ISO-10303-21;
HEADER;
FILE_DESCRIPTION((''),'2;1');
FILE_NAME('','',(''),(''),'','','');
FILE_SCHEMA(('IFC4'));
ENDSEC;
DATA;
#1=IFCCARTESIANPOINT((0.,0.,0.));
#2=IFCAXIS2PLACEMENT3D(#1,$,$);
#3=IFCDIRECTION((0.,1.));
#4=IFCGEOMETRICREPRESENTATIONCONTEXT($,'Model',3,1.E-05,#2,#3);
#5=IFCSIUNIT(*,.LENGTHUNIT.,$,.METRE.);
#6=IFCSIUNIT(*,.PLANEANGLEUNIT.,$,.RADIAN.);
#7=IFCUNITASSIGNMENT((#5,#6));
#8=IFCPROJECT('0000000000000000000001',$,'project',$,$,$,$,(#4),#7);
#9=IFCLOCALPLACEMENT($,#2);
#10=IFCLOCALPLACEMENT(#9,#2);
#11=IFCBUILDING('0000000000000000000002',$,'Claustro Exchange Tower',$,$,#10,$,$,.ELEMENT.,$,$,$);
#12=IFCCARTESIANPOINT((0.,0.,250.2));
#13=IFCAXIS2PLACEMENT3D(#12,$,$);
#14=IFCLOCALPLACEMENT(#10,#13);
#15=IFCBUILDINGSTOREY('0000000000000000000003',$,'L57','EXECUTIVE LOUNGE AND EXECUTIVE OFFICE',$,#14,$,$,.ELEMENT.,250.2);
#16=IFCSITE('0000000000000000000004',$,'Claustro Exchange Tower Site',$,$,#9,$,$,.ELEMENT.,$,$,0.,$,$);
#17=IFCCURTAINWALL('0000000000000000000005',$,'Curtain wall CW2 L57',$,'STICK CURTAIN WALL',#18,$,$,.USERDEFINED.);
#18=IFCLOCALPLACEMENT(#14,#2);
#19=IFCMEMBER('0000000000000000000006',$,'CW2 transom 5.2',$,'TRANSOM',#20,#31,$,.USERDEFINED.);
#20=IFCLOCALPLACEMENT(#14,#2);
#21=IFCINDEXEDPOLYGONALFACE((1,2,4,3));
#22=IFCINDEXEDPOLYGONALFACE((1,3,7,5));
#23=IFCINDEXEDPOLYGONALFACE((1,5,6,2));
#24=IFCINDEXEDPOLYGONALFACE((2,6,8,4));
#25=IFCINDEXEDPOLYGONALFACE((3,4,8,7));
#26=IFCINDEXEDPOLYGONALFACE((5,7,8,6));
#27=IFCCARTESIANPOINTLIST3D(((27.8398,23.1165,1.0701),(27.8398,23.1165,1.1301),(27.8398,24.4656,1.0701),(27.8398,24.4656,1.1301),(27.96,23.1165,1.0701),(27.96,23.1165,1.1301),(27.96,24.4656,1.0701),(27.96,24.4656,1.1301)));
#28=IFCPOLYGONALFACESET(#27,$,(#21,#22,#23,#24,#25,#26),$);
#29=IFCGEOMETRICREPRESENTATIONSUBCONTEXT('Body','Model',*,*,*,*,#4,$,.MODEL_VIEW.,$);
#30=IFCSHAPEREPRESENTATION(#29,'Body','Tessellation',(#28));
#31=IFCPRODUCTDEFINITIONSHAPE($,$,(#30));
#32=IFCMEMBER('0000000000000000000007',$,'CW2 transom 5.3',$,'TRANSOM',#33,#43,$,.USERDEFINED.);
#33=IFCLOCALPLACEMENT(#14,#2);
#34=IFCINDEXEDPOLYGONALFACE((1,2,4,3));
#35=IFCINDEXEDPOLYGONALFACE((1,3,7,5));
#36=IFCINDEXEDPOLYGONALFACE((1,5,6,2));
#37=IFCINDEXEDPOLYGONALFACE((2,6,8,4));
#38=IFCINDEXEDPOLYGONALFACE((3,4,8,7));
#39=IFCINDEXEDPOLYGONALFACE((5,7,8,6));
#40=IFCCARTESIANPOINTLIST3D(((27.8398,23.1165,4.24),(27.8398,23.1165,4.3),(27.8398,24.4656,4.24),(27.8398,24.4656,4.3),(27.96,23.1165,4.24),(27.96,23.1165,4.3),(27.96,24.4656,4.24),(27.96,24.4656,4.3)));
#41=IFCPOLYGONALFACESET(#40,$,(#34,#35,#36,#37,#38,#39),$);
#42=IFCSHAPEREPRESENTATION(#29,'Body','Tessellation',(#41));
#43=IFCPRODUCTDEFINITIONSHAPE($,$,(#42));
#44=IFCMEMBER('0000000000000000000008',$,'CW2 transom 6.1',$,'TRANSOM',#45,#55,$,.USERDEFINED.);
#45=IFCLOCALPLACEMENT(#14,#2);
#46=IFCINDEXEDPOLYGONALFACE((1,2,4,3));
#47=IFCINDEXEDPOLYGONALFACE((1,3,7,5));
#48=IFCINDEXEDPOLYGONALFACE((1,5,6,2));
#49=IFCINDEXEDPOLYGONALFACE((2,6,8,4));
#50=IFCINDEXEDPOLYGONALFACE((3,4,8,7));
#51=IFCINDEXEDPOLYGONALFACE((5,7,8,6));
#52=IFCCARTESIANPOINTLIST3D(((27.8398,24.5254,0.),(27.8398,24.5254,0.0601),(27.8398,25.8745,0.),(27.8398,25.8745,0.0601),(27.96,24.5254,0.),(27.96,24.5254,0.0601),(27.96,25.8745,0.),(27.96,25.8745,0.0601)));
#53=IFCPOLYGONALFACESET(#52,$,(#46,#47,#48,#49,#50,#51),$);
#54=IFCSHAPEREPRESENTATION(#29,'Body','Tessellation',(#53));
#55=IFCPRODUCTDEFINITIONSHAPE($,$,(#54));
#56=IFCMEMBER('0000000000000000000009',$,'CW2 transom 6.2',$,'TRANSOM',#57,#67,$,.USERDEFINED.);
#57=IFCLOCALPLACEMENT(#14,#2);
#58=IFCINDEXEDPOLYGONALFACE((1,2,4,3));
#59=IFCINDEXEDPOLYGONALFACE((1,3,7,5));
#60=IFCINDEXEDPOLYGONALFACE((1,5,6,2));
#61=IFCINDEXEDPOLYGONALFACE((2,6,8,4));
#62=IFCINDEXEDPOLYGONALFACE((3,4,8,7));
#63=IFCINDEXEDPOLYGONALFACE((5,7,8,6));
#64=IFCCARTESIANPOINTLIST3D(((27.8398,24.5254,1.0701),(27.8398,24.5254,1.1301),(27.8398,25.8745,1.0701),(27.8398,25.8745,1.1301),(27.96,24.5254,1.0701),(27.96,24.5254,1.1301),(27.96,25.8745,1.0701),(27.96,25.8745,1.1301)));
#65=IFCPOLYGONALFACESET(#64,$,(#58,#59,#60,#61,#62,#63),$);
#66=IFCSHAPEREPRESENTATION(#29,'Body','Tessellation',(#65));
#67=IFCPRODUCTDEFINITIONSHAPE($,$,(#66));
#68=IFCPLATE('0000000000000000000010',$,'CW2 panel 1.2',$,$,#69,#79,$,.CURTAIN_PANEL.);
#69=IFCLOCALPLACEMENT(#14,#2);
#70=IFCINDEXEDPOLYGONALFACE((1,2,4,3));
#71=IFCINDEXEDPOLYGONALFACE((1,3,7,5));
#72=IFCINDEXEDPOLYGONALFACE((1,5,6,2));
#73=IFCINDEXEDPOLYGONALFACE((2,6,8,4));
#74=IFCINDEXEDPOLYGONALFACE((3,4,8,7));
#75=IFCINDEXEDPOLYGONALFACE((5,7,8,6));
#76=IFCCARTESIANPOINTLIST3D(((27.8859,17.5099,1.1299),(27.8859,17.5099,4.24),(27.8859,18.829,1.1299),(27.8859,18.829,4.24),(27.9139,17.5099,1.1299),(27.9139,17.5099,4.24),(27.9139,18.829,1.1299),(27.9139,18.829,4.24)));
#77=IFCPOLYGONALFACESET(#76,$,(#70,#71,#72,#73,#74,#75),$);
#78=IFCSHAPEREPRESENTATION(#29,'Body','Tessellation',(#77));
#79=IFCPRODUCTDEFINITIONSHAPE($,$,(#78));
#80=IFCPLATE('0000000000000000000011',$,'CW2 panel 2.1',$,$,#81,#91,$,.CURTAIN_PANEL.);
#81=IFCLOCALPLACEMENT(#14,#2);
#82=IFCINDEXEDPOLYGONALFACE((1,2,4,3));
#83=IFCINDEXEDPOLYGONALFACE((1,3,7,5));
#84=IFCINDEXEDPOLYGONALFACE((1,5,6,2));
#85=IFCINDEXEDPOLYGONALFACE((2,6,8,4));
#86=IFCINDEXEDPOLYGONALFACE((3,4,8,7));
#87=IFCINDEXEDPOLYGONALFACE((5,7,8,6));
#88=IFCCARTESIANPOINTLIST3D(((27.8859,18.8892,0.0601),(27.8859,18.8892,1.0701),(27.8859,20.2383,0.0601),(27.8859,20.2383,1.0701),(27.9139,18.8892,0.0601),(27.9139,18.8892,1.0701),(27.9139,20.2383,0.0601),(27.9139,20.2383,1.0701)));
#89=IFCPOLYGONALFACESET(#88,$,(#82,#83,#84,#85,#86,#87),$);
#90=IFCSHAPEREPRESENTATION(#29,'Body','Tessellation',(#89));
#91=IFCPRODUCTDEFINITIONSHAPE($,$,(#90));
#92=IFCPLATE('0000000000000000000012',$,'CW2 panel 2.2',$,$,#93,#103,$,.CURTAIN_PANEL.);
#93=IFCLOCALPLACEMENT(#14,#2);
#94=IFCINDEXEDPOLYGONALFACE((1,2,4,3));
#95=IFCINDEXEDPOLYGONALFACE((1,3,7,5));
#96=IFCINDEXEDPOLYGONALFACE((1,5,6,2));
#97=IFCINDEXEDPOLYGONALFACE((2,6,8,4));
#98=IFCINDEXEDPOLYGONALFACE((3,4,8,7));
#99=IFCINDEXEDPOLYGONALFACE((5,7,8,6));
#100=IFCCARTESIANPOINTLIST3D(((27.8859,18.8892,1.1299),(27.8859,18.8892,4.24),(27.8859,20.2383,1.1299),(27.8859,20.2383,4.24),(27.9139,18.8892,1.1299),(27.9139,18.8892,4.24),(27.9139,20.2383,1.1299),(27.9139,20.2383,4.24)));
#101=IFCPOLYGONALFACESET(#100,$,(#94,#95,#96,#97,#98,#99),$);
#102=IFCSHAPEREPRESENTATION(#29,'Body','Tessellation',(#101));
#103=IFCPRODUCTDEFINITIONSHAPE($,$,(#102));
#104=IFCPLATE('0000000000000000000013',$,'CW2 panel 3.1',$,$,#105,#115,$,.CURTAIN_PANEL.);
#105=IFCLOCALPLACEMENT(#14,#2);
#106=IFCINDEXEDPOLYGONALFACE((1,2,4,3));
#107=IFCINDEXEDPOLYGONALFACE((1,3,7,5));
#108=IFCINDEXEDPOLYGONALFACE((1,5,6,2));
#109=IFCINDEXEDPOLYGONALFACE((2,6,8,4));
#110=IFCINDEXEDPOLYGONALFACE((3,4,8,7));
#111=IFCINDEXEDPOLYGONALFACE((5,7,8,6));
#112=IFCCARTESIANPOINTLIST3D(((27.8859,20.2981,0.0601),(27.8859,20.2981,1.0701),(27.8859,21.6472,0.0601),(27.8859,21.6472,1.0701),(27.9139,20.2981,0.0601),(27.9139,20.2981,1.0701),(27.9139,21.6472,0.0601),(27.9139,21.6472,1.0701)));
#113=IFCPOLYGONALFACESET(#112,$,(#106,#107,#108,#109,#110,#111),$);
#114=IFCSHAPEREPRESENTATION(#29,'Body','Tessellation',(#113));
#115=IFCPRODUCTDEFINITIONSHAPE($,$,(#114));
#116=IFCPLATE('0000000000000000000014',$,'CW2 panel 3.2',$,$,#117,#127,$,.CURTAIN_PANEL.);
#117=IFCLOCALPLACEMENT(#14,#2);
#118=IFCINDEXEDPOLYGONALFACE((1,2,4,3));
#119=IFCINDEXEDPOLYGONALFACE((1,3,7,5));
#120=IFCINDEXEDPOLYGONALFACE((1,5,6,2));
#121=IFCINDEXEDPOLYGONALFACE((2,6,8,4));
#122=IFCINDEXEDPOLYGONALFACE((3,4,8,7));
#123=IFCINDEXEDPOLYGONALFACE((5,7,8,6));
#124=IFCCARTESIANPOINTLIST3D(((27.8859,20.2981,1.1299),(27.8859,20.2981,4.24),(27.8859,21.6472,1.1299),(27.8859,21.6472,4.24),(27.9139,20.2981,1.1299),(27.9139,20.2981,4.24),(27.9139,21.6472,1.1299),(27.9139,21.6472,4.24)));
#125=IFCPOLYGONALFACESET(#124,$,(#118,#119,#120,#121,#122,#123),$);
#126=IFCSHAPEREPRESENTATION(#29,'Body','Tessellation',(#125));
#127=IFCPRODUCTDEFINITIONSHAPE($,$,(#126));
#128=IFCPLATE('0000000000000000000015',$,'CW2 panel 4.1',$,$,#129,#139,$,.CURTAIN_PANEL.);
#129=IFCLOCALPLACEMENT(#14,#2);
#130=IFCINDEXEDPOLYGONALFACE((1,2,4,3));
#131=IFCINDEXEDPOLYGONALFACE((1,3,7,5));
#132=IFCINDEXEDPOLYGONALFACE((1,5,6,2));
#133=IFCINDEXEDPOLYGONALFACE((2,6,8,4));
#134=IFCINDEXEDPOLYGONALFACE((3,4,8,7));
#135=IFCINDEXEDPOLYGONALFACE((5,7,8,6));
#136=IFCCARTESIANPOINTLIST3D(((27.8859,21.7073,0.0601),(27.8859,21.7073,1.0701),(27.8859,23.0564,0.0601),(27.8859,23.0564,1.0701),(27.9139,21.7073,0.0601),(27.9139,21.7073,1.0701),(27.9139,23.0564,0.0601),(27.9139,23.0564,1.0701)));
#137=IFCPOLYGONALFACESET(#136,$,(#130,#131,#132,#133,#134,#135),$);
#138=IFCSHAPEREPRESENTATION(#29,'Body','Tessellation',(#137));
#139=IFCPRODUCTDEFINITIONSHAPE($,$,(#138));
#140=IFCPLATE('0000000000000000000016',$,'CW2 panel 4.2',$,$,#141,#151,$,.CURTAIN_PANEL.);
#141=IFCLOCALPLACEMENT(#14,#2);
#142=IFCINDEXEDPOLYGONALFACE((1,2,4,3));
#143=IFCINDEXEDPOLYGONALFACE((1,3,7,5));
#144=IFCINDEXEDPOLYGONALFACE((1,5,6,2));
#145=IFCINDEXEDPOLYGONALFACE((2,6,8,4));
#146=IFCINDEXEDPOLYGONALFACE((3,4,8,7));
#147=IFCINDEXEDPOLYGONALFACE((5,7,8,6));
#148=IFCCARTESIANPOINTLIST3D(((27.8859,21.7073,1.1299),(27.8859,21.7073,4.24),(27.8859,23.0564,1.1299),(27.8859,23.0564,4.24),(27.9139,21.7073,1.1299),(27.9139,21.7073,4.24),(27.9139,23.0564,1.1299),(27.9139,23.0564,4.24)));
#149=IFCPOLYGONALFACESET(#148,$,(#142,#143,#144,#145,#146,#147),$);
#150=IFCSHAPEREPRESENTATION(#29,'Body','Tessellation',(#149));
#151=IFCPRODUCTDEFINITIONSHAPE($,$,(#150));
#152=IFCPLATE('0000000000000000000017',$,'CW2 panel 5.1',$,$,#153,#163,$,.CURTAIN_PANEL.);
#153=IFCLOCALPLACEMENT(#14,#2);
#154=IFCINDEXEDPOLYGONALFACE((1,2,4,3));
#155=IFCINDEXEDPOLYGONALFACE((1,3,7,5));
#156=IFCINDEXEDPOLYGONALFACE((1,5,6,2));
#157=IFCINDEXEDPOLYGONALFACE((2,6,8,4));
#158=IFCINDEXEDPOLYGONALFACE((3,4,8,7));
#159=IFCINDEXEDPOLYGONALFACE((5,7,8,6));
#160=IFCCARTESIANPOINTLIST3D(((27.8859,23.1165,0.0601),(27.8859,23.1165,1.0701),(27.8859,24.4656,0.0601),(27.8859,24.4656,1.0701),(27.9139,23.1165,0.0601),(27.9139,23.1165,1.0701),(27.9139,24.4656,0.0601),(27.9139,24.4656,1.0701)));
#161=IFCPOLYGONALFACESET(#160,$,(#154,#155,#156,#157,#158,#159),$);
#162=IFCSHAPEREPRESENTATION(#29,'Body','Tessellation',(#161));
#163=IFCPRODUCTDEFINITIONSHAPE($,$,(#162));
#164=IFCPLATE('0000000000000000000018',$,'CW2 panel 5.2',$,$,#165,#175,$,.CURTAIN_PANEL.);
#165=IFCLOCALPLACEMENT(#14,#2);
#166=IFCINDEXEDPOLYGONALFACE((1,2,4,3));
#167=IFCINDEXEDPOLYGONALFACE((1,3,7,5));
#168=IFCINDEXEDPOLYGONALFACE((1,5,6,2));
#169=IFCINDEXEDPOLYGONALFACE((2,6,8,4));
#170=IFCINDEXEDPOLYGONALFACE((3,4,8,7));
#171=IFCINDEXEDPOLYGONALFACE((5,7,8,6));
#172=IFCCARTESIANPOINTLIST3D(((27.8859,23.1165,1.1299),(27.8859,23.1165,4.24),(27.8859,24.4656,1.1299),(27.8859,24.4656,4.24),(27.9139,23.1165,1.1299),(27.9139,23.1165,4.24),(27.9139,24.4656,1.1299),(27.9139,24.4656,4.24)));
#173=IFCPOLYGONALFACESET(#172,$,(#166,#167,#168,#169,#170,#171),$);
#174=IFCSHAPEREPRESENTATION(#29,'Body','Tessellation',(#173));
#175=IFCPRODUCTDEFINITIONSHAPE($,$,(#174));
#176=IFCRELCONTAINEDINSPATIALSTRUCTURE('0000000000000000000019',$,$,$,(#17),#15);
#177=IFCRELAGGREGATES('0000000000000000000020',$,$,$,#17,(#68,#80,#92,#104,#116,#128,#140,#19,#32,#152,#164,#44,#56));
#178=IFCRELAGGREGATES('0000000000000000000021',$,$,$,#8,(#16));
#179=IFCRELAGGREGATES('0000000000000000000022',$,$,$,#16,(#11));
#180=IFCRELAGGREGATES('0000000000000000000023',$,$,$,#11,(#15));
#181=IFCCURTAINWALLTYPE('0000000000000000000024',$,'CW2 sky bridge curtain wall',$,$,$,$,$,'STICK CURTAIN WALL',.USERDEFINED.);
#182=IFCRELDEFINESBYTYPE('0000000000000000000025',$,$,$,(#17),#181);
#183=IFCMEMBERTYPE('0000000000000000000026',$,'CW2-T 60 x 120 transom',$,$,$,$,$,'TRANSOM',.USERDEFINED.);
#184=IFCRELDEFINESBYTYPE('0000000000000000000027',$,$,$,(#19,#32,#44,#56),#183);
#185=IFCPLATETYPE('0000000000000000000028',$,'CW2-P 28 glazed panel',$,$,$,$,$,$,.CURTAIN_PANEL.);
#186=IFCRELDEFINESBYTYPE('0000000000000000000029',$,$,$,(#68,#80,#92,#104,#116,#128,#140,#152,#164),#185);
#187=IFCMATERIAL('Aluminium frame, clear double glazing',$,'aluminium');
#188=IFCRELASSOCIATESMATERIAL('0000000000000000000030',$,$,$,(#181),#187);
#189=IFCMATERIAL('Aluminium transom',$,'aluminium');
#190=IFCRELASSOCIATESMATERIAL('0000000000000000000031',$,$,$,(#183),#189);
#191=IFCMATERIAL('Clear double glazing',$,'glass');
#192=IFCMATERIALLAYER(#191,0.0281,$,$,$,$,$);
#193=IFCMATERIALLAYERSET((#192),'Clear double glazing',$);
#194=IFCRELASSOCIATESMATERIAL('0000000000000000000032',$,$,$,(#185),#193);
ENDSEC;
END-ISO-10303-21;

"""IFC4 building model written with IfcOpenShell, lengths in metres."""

from ifc_helpers import new_model, si_unit, direction, frame, origin, origin_2d, place, context, subcontext, project, spatial, rectangle, extrude, material, layer, layer_set, material_profile, profile_set, type_object, element, aggregate, save


model = new_model("IFC4")

# Units and contexts
model_context = context("Model", 3, precision=1e-05, world=origin(), true_north=direction((0.0, 1.0)))
body_context = subcontext(model_context, "Body", "Model", "MODEL_VIEW")
ifc_project = project(units=[si_unit("LENGTHUNIT", "METRE"), si_unit("PLANEANGLEUNIT", "RADIAN")], contexts=[model_context])

# Site, building, storey
site_placement = place(None, origin())
site = spatial("IfcSite", under=ifc_project, at=site_placement, Name="Claustro Exchange Tower Site", CompositionType="ELEMENT", RefElevation=0.0)
building_placement = place(site_placement, origin())
building = spatial("IfcBuilding", under=site, at=building_placement, Name="Claustro Exchange Tower", CompositionType="ELEMENT")
storey_placement = place(building_placement, frame((0.0, 0.0, 250.2)))
storey = spatial("IfcBuildingStorey", under=building, at=storey_placement, Name="L57", Description="EXECUTIVE LOUNGE AND EXECUTIVE OFFICE", CompositionType="ELEMENT", Elevation=250.2)

# Curtain wall, members, plates
ifc_material_1 = material(Name="Aluminium frame, clear double glazing", Category="aluminium")
curtain_wall_type = type_object("IfcCurtainWallType", Name="CW2 sky bridge curtain wall", ElementType="STICK CURTAIN WALL", PredefinedType="USERDEFINED", material=ifc_material_1)
curtain_wall_placement = place(storey_placement, origin())
curtain_wall = element("IfcCurtainWall", 1, at=curtain_wall_placement, inside=storey, type_object=curtain_wall_type, Name="Curtain wall CW2 L57", ObjectType="STICK CURTAIN WALL", PredefinedType="USERDEFINED")
ifc_material_2 = material(Name="Aluminium transom", Category="aluminium")
ifc_material_profile_1 = material_profile(ifc_material_2, rectangle(XDim=0.1201, YDim=0.0601, at=origin_2d()), Name="CW2-T 60x120")
ifc_profile_set_1 = profile_set([ifc_material_profile_1], Name="Aluminium transom")
member_type_1 = type_object("IfcMemberType", Name="CW2-T 60 x 120 transom", ElementType="TRANSOM", PredefinedType="USERDEFINED", material=ifc_profile_set_1)
member_1_placement = place(storey_placement, frame((27.8999, 23.1165, 1.1001), z_axis=(0.0, 1.0, 0.0), x_axis=(-1.0, 0.0, 0.0)))
member_1 = element("IfcMember", 2, at=member_1_placement, type_object=member_type_1, Name="CW2 transom 5.2", ObjectType="TRANSOM", PredefinedType="USERDEFINED", context=body_context, shape_type="SweptSolid", body=[
    extrude(rectangle(XDim=0.1201, YDim=0.0601, at=origin_2d()), origin(), (0.0, 0.0, 1.0), 1.3491),
])
member_2_placement = place(storey_placement, frame((27.8999, 23.1165, 4.27), z_axis=(0.0, 1.0, 0.0), x_axis=(-1.0, 0.0, 0.0)))
member_2 = element("IfcMember", 3, at=member_2_placement, type_object=member_type_1, Name="CW2 transom 5.3", ObjectType="TRANSOM", PredefinedType="USERDEFINED", context=body_context, shape_type="SweptSolid", body=[
    extrude(rectangle(XDim=0.1201, YDim=0.0601, at=origin_2d()), origin(), (0.0, 0.0, 1.0), 1.3491),
])
member_3_placement = place(storey_placement, frame((27.8999, 24.5254, 0.03), z_axis=(0.0, 1.0, 0.0), x_axis=(-1.0, 0.0, 0.0)))
member_3 = element("IfcMember", 4, at=member_3_placement, type_object=member_type_1, Name="CW2 transom 6.1", ObjectType="TRANSOM", PredefinedType="USERDEFINED", context=body_context, shape_type="SweptSolid", body=[
    extrude(rectangle(XDim=0.1201, YDim=0.0601, at=origin_2d()), origin(), (0.0, 0.0, 1.0), 1.3491),
])
member_4_placement = place(storey_placement, frame((27.8999, 24.5254, 1.1001), z_axis=(0.0, 1.0, 0.0), x_axis=(-1.0, 0.0, 0.0)))
member_4 = element("IfcMember", 5, at=member_4_placement, type_object=member_type_1, Name="CW2 transom 6.2", ObjectType="TRANSOM", PredefinedType="USERDEFINED", context=body_context, shape_type="SweptSolid", body=[
    extrude(rectangle(XDim=0.1201, YDim=0.0601, at=origin_2d()), origin(), (0.0, 0.0, 1.0), 1.3491),
])
ifc_material_3 = material(Name="Clear double glazing", Category="glass")
ifc_layer = layer(ifc_material_3, 0.0281)
ifc_layer_set = layer_set([ifc_layer], Name="Clear double glazing")
plate_type = type_object("IfcPlateType", Name="CW2-P 28 glazed panel", PredefinedType="CURTAIN_PANEL", material=ifc_layer_set)
plate_1_placement = place(storey_placement, frame((27.8999, 18.1694, 1.1299), z_axis=(0.0, 0.0, 1.0), x_axis=(0.0, 1.0, 0.0)))
plate_1 = element("IfcPlate", 6, at=plate_1_placement, type_object=plate_type, Name="CW2 panel 1.2", PredefinedType="CURTAIN_PANEL", context=body_context, shape_type="SweptSolid", body=[
    extrude(rectangle(XDim=1.3191, YDim=0.0281, at=origin_2d()), origin(), (0.0, 0.0, 1.0), 3.1101),
])
plate_2_placement = place(storey_placement, frame((27.8999, 19.5637, 0.0601), z_axis=(0.0, 0.0, 1.0), x_axis=(0.0, 1.0, 0.0)))
plate_2 = element("IfcPlate", 7, at=plate_2_placement, type_object=plate_type, Name="CW2 panel 2.1", PredefinedType="CURTAIN_PANEL", context=body_context, shape_type="SweptSolid", body=[
    extrude(rectangle(XDim=1.3491, YDim=0.0281, at=origin_2d()), origin(), (0.0, 0.0, 1.0), 1.01),
])
plate_3_placement = place(storey_placement, frame((27.8999, 19.5637, 1.1299), z_axis=(0.0, 0.0, 1.0), x_axis=(0.0, 1.0, 0.0)))
plate_3 = element("IfcPlate", 8, at=plate_3_placement, type_object=plate_type, Name="CW2 panel 2.2", PredefinedType="CURTAIN_PANEL", context=body_context, shape_type="SweptSolid", body=[
    extrude(rectangle(XDim=1.3491, YDim=0.0281, at=origin_2d()), origin(), (0.0, 0.0, 1.0), 3.1101),
])
plate_4_placement = place(storey_placement, frame((27.8999, 20.9727, 0.0601), z_axis=(0.0, 0.0, 1.0), x_axis=(0.0, 1.0, 0.0)))
plate_4 = element("IfcPlate", 9, at=plate_4_placement, type_object=plate_type, Name="CW2 panel 3.1", PredefinedType="CURTAIN_PANEL", context=body_context, shape_type="SweptSolid", body=[
    extrude(rectangle(XDim=1.3491, YDim=0.0281, at=origin_2d()), origin(), (0.0, 0.0, 1.0), 1.01),
])
plate_5_placement = place(storey_placement, frame((27.8999, 20.9727, 1.1299), z_axis=(0.0, 0.0, 1.0), x_axis=(0.0, 1.0, 0.0)))
plate_5 = element("IfcPlate", 10, at=plate_5_placement, type_object=plate_type, Name="CW2 panel 3.2", PredefinedType="CURTAIN_PANEL", context=body_context, shape_type="SweptSolid", body=[
    extrude(rectangle(XDim=1.3491, YDim=0.0281, at=origin_2d()), origin(), (0.0, 0.0, 1.0), 3.1101),
])
plate_6_placement = place(storey_placement, frame((27.8999, 22.3818, 0.0601), z_axis=(0.0, 0.0, 1.0), x_axis=(0.0, 1.0, 0.0)))
plate_6 = element("IfcPlate", 11, at=plate_6_placement, type_object=plate_type, Name="CW2 panel 4.1", PredefinedType="CURTAIN_PANEL", context=body_context, shape_type="SweptSolid", body=[
    extrude(rectangle(XDim=1.3491, YDim=0.0281, at=origin_2d()), origin(), (0.0, 0.0, 1.0), 1.01),
])
plate_7_placement = place(storey_placement, frame((27.8999, 22.3818, 1.1299), z_axis=(0.0, 0.0, 1.0), x_axis=(0.0, 1.0, 0.0)))
plate_7 = element("IfcPlate", 12, at=plate_7_placement, type_object=plate_type, Name="CW2 panel 4.2", PredefinedType="CURTAIN_PANEL", context=body_context, shape_type="SweptSolid", body=[
    extrude(rectangle(XDim=1.3491, YDim=0.0281, at=origin_2d()), origin(), (0.0, 0.0, 1.0), 3.1101),
])
plate_8_placement = place(storey_placement, frame((27.8999, 23.791, 0.0601), z_axis=(0.0, 0.0, 1.0), x_axis=(0.0, 1.0, 0.0)))
plate_8 = element("IfcPlate", 13, at=plate_8_placement, type_object=plate_type, Name="CW2 panel 5.1", PredefinedType="CURTAIN_PANEL", context=body_context, shape_type="SweptSolid", body=[
    extrude(rectangle(XDim=1.3491, YDim=0.0281, at=origin_2d()), origin(), (0.0, 0.0, 1.0), 1.01),
])
plate_9_placement = place(storey_placement, frame((27.8999, 23.791, 1.1299), z_axis=(0.0, 0.0, 1.0), x_axis=(0.0, 1.0, 0.0)))
plate_9 = element("IfcPlate", 14, at=plate_9_placement, type_object=plate_type, Name="CW2 panel 5.2", PredefinedType="CURTAIN_PANEL", context=body_context, shape_type="SweptSolid", body=[
    extrude(rectangle(XDim=1.3491, YDim=0.0281, at=origin_2d()), origin(), (0.0, 0.0, 1.0), 3.1101),
])
aggregate(curtain_wall, [plate_1, plate_2, plate_3, plate_4, plate_5, plate_6, plate_7, member_1, member_2, plate_8, plate_9, member_3, member_4])

save(model, "model.ifc")
